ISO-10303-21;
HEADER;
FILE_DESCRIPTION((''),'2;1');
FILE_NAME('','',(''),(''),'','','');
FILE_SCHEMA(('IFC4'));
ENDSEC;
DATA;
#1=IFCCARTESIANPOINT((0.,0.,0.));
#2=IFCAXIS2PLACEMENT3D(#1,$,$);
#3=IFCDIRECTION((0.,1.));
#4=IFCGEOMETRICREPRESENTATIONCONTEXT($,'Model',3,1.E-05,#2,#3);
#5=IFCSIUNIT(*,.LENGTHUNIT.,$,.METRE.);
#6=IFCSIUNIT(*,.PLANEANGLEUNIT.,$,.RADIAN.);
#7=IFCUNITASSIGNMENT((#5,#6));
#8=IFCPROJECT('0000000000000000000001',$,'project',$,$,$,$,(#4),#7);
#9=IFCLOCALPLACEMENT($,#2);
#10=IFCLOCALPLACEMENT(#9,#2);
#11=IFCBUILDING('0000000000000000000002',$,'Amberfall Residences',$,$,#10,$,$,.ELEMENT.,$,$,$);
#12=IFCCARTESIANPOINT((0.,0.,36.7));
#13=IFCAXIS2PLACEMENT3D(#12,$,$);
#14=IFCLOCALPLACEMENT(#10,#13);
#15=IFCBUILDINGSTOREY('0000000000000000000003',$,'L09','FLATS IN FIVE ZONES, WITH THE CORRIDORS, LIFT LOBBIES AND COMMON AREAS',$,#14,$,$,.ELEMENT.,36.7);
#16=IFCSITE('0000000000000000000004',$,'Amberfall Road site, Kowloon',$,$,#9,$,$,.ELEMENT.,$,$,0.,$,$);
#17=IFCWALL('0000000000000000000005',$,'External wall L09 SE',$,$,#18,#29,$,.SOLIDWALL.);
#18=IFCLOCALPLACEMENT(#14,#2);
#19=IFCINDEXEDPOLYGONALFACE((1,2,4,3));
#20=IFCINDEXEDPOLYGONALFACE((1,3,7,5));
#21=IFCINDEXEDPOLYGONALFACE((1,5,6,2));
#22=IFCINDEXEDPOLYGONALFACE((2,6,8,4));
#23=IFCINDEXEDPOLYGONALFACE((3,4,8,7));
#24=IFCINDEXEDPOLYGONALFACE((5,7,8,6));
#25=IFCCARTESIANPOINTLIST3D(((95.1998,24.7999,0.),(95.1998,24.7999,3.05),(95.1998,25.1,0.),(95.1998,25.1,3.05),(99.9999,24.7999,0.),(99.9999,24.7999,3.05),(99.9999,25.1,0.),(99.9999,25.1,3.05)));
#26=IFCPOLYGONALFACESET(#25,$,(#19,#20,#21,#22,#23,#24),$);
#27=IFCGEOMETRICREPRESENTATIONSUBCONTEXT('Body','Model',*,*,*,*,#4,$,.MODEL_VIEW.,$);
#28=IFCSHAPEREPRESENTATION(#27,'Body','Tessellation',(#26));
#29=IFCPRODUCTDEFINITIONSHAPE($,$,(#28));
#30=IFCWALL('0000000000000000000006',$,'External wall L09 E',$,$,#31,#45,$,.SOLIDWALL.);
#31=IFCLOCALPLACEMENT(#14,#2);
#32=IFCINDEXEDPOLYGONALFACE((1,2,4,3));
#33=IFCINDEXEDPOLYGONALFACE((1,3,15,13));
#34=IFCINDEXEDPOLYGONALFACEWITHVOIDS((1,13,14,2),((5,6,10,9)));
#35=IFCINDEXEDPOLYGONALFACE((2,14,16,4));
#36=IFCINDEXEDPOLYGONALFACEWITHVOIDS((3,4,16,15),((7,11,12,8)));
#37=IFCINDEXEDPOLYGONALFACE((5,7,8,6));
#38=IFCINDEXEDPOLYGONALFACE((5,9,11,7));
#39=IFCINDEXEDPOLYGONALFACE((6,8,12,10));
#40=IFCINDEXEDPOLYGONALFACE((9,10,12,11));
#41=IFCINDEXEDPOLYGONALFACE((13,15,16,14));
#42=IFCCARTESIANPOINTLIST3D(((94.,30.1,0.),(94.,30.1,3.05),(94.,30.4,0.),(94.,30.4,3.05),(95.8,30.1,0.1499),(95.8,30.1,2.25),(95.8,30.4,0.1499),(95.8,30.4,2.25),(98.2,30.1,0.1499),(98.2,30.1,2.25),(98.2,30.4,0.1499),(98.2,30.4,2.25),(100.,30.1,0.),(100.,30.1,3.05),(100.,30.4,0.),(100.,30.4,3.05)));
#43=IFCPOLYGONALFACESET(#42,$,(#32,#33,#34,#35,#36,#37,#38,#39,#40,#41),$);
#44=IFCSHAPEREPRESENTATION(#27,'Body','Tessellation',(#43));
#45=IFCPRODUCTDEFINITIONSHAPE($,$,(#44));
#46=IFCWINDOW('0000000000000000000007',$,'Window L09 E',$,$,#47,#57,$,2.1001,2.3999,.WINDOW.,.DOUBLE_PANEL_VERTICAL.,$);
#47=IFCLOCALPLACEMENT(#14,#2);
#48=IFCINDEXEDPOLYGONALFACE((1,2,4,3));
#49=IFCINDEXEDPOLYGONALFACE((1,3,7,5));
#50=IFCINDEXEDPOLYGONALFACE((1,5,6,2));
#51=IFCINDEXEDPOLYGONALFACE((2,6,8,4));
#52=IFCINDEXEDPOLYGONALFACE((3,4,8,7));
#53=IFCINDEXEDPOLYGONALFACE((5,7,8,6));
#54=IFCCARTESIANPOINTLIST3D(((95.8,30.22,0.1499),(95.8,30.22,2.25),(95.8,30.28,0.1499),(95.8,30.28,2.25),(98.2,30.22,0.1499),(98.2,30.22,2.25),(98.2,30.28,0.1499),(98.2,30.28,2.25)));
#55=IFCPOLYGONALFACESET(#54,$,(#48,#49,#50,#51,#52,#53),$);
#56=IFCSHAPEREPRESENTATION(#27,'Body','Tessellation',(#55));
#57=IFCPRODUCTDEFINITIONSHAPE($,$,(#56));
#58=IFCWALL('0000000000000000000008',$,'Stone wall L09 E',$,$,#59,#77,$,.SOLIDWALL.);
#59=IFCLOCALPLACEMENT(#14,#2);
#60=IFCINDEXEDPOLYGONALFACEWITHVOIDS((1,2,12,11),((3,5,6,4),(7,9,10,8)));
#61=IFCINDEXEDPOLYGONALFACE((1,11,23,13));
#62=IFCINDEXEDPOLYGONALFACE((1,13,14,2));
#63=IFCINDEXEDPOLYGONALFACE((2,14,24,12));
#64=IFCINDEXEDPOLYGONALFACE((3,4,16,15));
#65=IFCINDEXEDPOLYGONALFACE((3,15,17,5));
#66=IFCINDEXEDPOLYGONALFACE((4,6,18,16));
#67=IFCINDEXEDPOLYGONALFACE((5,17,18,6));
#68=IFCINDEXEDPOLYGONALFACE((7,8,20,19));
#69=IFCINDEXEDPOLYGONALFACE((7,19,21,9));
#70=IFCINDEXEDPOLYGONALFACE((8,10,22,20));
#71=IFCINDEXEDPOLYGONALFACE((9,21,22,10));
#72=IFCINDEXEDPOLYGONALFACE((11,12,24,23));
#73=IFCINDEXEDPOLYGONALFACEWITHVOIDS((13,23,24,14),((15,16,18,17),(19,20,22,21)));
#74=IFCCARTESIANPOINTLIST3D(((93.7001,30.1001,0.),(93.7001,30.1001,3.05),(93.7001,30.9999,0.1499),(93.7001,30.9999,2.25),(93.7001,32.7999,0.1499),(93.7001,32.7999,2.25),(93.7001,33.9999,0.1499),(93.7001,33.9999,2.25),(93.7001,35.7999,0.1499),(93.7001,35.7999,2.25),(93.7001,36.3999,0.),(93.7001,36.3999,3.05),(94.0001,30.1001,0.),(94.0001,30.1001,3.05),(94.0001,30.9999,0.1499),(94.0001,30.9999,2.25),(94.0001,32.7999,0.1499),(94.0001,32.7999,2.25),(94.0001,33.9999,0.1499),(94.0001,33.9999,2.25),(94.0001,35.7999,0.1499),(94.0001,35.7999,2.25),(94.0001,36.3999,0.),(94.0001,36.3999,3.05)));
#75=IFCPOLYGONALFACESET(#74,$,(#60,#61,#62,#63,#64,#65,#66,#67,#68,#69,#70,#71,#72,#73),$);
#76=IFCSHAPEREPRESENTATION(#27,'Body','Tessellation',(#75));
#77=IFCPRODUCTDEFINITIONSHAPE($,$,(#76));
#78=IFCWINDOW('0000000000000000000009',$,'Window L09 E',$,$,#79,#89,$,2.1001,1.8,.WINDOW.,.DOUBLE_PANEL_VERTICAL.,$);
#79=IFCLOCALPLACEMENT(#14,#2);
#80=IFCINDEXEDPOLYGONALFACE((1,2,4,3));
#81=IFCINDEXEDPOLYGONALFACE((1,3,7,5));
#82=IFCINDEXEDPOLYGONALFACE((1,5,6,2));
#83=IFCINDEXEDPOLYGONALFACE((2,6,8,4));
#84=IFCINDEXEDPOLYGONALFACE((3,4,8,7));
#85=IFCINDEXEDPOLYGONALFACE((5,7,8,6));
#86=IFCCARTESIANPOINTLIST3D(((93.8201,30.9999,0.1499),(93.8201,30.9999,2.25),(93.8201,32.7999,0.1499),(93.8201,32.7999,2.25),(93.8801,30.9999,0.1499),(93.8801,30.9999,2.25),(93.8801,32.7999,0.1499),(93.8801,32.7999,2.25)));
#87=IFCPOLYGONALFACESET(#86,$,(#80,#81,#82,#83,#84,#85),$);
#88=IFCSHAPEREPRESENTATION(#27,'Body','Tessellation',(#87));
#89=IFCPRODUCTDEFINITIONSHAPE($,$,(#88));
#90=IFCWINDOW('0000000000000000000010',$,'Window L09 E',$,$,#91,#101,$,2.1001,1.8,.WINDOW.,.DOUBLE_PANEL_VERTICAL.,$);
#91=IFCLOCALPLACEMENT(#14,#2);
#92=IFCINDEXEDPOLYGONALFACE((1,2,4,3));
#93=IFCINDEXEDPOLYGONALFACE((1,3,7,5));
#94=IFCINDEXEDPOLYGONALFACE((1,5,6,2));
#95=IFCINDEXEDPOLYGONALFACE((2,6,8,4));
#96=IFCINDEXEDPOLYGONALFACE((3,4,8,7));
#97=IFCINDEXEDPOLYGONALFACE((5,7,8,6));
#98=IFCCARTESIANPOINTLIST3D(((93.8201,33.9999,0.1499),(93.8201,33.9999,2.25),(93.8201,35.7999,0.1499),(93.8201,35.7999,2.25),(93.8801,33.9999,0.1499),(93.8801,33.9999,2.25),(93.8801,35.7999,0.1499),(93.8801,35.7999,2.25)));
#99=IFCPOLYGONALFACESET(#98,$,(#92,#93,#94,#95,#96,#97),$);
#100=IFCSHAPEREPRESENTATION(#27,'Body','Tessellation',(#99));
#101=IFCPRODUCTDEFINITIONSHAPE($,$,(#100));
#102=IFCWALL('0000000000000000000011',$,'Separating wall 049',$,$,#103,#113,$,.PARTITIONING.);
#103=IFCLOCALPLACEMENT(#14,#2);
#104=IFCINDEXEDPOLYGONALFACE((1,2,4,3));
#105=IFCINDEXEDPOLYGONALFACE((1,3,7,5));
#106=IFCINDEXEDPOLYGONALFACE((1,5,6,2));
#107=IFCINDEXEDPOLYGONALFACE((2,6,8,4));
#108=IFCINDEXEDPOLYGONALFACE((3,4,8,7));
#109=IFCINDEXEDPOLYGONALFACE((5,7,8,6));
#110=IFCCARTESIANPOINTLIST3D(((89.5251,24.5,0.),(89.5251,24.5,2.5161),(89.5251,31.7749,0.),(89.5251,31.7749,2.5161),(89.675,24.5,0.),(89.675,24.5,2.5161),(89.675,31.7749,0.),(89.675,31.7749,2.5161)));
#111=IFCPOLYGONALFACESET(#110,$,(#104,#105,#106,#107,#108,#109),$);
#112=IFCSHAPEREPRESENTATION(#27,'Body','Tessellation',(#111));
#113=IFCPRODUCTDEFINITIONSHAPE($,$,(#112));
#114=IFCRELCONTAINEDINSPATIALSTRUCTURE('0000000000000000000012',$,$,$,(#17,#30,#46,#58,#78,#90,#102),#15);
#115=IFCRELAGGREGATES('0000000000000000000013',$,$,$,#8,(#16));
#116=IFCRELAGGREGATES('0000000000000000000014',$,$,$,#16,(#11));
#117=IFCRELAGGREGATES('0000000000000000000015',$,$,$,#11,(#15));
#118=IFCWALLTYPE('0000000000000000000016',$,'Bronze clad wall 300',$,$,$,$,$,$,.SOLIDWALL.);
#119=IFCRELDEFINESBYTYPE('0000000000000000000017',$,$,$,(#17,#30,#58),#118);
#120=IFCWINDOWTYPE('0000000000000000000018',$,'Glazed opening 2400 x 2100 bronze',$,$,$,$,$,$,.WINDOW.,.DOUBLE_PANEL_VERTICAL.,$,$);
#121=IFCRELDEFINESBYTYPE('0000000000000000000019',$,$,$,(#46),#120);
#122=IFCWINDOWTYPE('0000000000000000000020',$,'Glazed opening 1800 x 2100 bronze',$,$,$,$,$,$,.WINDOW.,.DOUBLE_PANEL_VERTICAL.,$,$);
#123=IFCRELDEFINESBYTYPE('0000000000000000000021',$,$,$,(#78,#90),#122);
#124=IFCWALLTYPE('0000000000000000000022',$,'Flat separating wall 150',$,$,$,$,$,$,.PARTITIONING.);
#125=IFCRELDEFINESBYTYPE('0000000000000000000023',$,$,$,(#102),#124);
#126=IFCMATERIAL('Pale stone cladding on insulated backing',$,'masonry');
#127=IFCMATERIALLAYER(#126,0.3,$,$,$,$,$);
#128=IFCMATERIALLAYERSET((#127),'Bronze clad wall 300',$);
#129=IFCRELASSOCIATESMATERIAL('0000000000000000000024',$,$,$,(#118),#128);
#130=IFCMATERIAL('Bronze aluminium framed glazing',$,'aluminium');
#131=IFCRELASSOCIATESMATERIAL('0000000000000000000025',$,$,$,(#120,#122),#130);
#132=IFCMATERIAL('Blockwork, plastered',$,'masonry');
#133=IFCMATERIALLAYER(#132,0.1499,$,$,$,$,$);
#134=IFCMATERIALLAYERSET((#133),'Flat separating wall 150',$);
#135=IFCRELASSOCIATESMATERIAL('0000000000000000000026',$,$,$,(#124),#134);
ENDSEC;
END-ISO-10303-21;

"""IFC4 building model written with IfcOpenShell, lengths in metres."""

from ifc_helpers import new_model, si_unit, direction, frame, frame_2d, origin, place, context, subcontext, project, spatial, rectangle, extrude, material, layer, layer_set, type_object, element, fill, save


model = new_model("IFC4")

# Units and contexts
model_context = context("Model", 3, precision=1e-05, world=origin(), true_north=direction((0.0, 1.0)))
body_context = subcontext(model_context, "Body", "Model", "MODEL_VIEW")
ifc_project = project(units=[si_unit("LENGTHUNIT", "METRE"), si_unit("PLANEANGLEUNIT", "RADIAN")], contexts=[model_context])

# Site, building, storey
site_placement = place(None, origin())
site = spatial("IfcSite", under=ifc_project, at=site_placement, Name="Amberfall Road site, Kowloon", CompositionType="ELEMENT", RefElevation=0.0)
building_placement = place(site_placement, origin())
building = spatial("IfcBuilding", under=site, at=building_placement, Name="Amberfall Residences", CompositionType="ELEMENT")
storey_placement = place(building_placement, frame((0.0, 0.0, 36.7)))
storey = spatial("IfcBuildingStorey", under=building, at=storey_placement, Name="L09", Description="FLATS IN FIVE ZONES, WITH THE CORRIDORS, LIFT LOBBIES AND COMMON AREAS", CompositionType="ELEMENT", Elevation=36.7)

# Shared definitions
ifc_material_1 = material(Name="Pale stone cladding on insulated backing", Category="masonry")
ifc_layer_1 = layer(ifc_material_1, 0.3)
ifc_layer_set_1 = layer_set([ifc_layer_1], Name="Bronze clad wall 300")
wall_type_1 = type_object("IfcWallType", Name="Bronze clad wall 300", PredefinedType="SOLIDWALL", material=ifc_layer_set_1)
ifc_material_2 = material(Name="Bronze aluminium framed glazing", Category="aluminium")
window_type_1 = type_object("IfcWindowType", Name="Glazed opening 2400 x 2100 bronze", PartitioningType="DOUBLE_PANEL_VERTICAL", PredefinedType="WINDOW", material=ifc_material_2)

# Wall
wall_1_placement = place(storey_placement, frame((95.2, 24.95, 0.0), z_axis=(0.0, 0.0, 1.0), x_axis=(1.0, 0.0, 0.0)))
element("IfcWall", 1, at=wall_1_placement, inside=storey, type_object=wall_type_1, Name="External wall L09 SE", PredefinedType="SOLIDWALL", context=body_context, shape_type="SweptSolid", body=[
    extrude(rectangle(XDim=4.8, YDim=0.3, at=frame_2d((2.3999, 0.0))), origin(), (0.0, 0.0, 1.0), 3.05),
])

# Wall, opening, window
wall_2_placement = place(storey_placement, frame((100.0, 30.25, 0.0), z_axis=(0.0, 0.0, 1.0), x_axis=(-1.0, 0.0, 0.0)))
wall_2 = element("IfcWall", 2, at=wall_2_placement, inside=storey, type_object=wall_type_1, Name="External wall L09 E", PredefinedType="SOLIDWALL", context=body_context, shape_type="SweptSolid", body=[
    extrude(rectangle(XDim=6.0, YDim=0.3, at=frame_2d((3.0, 0.0))), origin(), (0.0, 0.0, 1.0), 3.05),
])
opening_1_placement = place(wall_2_placement, frame((1.8, 0.0, 0.1499)))
opening_1 = element("IfcOpeningElement", 3, at=opening_1_placement, cuts=wall_2, PredefinedType="OPENING", context=body_context, shape_type="SweptSolid", body=[
    extrude(rectangle(XDim=2.3999, YDim=2.1001, at=frame_2d((1.2, 1.05))), frame((0.0, 0.1599, 0.0), z_axis=(0.0, -1.0, 0.0), x_axis=(1.0, 0.0, 0.0)), (0.0, 0.0, 1.0), 0.3201),
])
window_1_placement = place(opening_1_placement, origin())
window_1 = element("IfcWindow", 4, at=window_1_placement, inside=storey, type_object=window_type_1, Name="Window L09 E", OverallHeight=2.1001, OverallWidth=2.3999, PartitioningType="DOUBLE_PANEL_VERTICAL", PredefinedType="WINDOW", context=body_context, shape_type="SweptSolid", body=[
    extrude(rectangle(XDim=2.3999, YDim=2.1001, at=frame_2d((1.2, 1.05))), frame((0.0, 0.03, 0.0), z_axis=(0.0, -1.0, 0.0), x_axis=(1.0, 0.0, 0.0)), (0.0, 0.0, 1.0), 0.0601),
])
fill(opening_1, window_1)

# Wall, openings, windows
wall_3_placement = place(storey_placement, frame((93.8501, 30.1001, 0.0), z_axis=(0.0, 0.0, 1.0), x_axis=(0.0, 1.0, 0.0)))
wall_3 = element("IfcWall", 5, at=wall_3_placement, inside=storey, type_object=wall_type_1, Name="Stone wall L09 E", PredefinedType="SOLIDWALL", context=body_context, shape_type="SweptSolid", body=[
    extrude(rectangle(XDim=6.2998, YDim=0.3, at=frame_2d((3.1499, 0.0))), origin(), (0.0, 0.0, 1.0), 3.05),
])
opening_2_placement = place(wall_3_placement, frame((0.8999, 0.0, 0.1499)))
opening_2 = element("IfcOpeningElement", 6, at=opening_2_placement, cuts=wall_3, PredefinedType="OPENING", context=body_context, shape_type="SweptSolid", body=[
    extrude(rectangle(XDim=1.8, YDim=2.1001, at=frame_2d((0.8999, 1.05))), frame((0.0, 0.1599, 0.0), z_axis=(0.0, -1.0, 0.0), x_axis=(1.0, 0.0, 0.0)), (0.0, 0.0, 1.0), 0.3201),
])
opening_3_placement = place(wall_3_placement, frame((3.8999, 0.0, 0.1499)))
opening_3 = element("IfcOpeningElement", 7, at=opening_3_placement, cuts=wall_3, PredefinedType="OPENING", context=body_context, shape_type="SweptSolid", body=[
    extrude(rectangle(XDim=1.8, YDim=2.1001, at=frame_2d((0.8999, 1.05))), frame((0.0, 0.1599, 0.0), z_axis=(0.0, -1.0, 0.0), x_axis=(1.0, 0.0, 0.0)), (0.0, 0.0, 1.0), 0.3201),
])
window_type_2 = type_object("IfcWindowType", Name="Glazed opening 1800 x 2100 bronze", PartitioningType="DOUBLE_PANEL_VERTICAL", PredefinedType="WINDOW", material=ifc_material_2)
window_2_placement = place(opening_2_placement, origin())
window_2 = element("IfcWindow", 8, at=window_2_placement, inside=storey, type_object=window_type_2, Name="Window L09 E", OverallHeight=2.1001, OverallWidth=1.8, PartitioningType="DOUBLE_PANEL_VERTICAL", PredefinedType="WINDOW", context=body_context, shape_type="SweptSolid", body=[
    extrude(rectangle(XDim=1.8, YDim=2.1001, at=frame_2d((0.8999, 1.05))), frame((0.0, 0.03, 0.0), z_axis=(0.0, -1.0, 0.0), x_axis=(1.0, 0.0, 0.0)), (0.0, 0.0, 1.0), 0.0601),
])
fill(opening_2, window_2)
window_3_placement = place(opening_3_placement, origin())
window_3 = element("IfcWindow", 9, at=window_3_placement, inside=storey, type_object=window_type_2, Name="Window L09 E", OverallHeight=2.1001, OverallWidth=1.8, PartitioningType="DOUBLE_PANEL_VERTICAL", PredefinedType="WINDOW", context=body_context, shape_type="SweptSolid", body=[
    extrude(rectangle(XDim=1.8, YDim=2.1001, at=frame_2d((0.8999, 1.05))), frame((0.0, 0.03, 0.0), z_axis=(0.0, -1.0, 0.0), x_axis=(1.0, 0.0, 0.0)), (0.0, 0.0, 1.0), 0.0601),
])
fill(opening_3, window_3)

# Wall
ifc_material_3 = material(Name="Blockwork, plastered", Category="masonry")
ifc_layer_2 = layer(ifc_material_3, 0.1499)
ifc_layer_set_2 = layer_set([ifc_layer_2], Name="Flat separating wall 150")
wall_type_2 = type_object("IfcWallType", Name="Flat separating wall 150", PredefinedType="PARTITIONING", material=ifc_layer_set_2)
wall_4_placement = place(storey_placement, frame((89.6001, 24.5, 0.0), z_axis=(0.0, 0.0, 1.0), x_axis=(0.0, 1.0, 0.0)))
element("IfcWall", 10, at=wall_4_placement, inside=storey, type_object=wall_type_2, Name="Separating wall 049", PredefinedType="PARTITIONING", context=body_context, shape_type="SweptSolid", body=[
    extrude(rectangle(XDim=7.2749, YDim=0.1499, at=frame_2d((3.6375, 0.0))), origin(), (0.0, 0.0, 1.0), 2.5161),
])

save(model, "model.ifc")
